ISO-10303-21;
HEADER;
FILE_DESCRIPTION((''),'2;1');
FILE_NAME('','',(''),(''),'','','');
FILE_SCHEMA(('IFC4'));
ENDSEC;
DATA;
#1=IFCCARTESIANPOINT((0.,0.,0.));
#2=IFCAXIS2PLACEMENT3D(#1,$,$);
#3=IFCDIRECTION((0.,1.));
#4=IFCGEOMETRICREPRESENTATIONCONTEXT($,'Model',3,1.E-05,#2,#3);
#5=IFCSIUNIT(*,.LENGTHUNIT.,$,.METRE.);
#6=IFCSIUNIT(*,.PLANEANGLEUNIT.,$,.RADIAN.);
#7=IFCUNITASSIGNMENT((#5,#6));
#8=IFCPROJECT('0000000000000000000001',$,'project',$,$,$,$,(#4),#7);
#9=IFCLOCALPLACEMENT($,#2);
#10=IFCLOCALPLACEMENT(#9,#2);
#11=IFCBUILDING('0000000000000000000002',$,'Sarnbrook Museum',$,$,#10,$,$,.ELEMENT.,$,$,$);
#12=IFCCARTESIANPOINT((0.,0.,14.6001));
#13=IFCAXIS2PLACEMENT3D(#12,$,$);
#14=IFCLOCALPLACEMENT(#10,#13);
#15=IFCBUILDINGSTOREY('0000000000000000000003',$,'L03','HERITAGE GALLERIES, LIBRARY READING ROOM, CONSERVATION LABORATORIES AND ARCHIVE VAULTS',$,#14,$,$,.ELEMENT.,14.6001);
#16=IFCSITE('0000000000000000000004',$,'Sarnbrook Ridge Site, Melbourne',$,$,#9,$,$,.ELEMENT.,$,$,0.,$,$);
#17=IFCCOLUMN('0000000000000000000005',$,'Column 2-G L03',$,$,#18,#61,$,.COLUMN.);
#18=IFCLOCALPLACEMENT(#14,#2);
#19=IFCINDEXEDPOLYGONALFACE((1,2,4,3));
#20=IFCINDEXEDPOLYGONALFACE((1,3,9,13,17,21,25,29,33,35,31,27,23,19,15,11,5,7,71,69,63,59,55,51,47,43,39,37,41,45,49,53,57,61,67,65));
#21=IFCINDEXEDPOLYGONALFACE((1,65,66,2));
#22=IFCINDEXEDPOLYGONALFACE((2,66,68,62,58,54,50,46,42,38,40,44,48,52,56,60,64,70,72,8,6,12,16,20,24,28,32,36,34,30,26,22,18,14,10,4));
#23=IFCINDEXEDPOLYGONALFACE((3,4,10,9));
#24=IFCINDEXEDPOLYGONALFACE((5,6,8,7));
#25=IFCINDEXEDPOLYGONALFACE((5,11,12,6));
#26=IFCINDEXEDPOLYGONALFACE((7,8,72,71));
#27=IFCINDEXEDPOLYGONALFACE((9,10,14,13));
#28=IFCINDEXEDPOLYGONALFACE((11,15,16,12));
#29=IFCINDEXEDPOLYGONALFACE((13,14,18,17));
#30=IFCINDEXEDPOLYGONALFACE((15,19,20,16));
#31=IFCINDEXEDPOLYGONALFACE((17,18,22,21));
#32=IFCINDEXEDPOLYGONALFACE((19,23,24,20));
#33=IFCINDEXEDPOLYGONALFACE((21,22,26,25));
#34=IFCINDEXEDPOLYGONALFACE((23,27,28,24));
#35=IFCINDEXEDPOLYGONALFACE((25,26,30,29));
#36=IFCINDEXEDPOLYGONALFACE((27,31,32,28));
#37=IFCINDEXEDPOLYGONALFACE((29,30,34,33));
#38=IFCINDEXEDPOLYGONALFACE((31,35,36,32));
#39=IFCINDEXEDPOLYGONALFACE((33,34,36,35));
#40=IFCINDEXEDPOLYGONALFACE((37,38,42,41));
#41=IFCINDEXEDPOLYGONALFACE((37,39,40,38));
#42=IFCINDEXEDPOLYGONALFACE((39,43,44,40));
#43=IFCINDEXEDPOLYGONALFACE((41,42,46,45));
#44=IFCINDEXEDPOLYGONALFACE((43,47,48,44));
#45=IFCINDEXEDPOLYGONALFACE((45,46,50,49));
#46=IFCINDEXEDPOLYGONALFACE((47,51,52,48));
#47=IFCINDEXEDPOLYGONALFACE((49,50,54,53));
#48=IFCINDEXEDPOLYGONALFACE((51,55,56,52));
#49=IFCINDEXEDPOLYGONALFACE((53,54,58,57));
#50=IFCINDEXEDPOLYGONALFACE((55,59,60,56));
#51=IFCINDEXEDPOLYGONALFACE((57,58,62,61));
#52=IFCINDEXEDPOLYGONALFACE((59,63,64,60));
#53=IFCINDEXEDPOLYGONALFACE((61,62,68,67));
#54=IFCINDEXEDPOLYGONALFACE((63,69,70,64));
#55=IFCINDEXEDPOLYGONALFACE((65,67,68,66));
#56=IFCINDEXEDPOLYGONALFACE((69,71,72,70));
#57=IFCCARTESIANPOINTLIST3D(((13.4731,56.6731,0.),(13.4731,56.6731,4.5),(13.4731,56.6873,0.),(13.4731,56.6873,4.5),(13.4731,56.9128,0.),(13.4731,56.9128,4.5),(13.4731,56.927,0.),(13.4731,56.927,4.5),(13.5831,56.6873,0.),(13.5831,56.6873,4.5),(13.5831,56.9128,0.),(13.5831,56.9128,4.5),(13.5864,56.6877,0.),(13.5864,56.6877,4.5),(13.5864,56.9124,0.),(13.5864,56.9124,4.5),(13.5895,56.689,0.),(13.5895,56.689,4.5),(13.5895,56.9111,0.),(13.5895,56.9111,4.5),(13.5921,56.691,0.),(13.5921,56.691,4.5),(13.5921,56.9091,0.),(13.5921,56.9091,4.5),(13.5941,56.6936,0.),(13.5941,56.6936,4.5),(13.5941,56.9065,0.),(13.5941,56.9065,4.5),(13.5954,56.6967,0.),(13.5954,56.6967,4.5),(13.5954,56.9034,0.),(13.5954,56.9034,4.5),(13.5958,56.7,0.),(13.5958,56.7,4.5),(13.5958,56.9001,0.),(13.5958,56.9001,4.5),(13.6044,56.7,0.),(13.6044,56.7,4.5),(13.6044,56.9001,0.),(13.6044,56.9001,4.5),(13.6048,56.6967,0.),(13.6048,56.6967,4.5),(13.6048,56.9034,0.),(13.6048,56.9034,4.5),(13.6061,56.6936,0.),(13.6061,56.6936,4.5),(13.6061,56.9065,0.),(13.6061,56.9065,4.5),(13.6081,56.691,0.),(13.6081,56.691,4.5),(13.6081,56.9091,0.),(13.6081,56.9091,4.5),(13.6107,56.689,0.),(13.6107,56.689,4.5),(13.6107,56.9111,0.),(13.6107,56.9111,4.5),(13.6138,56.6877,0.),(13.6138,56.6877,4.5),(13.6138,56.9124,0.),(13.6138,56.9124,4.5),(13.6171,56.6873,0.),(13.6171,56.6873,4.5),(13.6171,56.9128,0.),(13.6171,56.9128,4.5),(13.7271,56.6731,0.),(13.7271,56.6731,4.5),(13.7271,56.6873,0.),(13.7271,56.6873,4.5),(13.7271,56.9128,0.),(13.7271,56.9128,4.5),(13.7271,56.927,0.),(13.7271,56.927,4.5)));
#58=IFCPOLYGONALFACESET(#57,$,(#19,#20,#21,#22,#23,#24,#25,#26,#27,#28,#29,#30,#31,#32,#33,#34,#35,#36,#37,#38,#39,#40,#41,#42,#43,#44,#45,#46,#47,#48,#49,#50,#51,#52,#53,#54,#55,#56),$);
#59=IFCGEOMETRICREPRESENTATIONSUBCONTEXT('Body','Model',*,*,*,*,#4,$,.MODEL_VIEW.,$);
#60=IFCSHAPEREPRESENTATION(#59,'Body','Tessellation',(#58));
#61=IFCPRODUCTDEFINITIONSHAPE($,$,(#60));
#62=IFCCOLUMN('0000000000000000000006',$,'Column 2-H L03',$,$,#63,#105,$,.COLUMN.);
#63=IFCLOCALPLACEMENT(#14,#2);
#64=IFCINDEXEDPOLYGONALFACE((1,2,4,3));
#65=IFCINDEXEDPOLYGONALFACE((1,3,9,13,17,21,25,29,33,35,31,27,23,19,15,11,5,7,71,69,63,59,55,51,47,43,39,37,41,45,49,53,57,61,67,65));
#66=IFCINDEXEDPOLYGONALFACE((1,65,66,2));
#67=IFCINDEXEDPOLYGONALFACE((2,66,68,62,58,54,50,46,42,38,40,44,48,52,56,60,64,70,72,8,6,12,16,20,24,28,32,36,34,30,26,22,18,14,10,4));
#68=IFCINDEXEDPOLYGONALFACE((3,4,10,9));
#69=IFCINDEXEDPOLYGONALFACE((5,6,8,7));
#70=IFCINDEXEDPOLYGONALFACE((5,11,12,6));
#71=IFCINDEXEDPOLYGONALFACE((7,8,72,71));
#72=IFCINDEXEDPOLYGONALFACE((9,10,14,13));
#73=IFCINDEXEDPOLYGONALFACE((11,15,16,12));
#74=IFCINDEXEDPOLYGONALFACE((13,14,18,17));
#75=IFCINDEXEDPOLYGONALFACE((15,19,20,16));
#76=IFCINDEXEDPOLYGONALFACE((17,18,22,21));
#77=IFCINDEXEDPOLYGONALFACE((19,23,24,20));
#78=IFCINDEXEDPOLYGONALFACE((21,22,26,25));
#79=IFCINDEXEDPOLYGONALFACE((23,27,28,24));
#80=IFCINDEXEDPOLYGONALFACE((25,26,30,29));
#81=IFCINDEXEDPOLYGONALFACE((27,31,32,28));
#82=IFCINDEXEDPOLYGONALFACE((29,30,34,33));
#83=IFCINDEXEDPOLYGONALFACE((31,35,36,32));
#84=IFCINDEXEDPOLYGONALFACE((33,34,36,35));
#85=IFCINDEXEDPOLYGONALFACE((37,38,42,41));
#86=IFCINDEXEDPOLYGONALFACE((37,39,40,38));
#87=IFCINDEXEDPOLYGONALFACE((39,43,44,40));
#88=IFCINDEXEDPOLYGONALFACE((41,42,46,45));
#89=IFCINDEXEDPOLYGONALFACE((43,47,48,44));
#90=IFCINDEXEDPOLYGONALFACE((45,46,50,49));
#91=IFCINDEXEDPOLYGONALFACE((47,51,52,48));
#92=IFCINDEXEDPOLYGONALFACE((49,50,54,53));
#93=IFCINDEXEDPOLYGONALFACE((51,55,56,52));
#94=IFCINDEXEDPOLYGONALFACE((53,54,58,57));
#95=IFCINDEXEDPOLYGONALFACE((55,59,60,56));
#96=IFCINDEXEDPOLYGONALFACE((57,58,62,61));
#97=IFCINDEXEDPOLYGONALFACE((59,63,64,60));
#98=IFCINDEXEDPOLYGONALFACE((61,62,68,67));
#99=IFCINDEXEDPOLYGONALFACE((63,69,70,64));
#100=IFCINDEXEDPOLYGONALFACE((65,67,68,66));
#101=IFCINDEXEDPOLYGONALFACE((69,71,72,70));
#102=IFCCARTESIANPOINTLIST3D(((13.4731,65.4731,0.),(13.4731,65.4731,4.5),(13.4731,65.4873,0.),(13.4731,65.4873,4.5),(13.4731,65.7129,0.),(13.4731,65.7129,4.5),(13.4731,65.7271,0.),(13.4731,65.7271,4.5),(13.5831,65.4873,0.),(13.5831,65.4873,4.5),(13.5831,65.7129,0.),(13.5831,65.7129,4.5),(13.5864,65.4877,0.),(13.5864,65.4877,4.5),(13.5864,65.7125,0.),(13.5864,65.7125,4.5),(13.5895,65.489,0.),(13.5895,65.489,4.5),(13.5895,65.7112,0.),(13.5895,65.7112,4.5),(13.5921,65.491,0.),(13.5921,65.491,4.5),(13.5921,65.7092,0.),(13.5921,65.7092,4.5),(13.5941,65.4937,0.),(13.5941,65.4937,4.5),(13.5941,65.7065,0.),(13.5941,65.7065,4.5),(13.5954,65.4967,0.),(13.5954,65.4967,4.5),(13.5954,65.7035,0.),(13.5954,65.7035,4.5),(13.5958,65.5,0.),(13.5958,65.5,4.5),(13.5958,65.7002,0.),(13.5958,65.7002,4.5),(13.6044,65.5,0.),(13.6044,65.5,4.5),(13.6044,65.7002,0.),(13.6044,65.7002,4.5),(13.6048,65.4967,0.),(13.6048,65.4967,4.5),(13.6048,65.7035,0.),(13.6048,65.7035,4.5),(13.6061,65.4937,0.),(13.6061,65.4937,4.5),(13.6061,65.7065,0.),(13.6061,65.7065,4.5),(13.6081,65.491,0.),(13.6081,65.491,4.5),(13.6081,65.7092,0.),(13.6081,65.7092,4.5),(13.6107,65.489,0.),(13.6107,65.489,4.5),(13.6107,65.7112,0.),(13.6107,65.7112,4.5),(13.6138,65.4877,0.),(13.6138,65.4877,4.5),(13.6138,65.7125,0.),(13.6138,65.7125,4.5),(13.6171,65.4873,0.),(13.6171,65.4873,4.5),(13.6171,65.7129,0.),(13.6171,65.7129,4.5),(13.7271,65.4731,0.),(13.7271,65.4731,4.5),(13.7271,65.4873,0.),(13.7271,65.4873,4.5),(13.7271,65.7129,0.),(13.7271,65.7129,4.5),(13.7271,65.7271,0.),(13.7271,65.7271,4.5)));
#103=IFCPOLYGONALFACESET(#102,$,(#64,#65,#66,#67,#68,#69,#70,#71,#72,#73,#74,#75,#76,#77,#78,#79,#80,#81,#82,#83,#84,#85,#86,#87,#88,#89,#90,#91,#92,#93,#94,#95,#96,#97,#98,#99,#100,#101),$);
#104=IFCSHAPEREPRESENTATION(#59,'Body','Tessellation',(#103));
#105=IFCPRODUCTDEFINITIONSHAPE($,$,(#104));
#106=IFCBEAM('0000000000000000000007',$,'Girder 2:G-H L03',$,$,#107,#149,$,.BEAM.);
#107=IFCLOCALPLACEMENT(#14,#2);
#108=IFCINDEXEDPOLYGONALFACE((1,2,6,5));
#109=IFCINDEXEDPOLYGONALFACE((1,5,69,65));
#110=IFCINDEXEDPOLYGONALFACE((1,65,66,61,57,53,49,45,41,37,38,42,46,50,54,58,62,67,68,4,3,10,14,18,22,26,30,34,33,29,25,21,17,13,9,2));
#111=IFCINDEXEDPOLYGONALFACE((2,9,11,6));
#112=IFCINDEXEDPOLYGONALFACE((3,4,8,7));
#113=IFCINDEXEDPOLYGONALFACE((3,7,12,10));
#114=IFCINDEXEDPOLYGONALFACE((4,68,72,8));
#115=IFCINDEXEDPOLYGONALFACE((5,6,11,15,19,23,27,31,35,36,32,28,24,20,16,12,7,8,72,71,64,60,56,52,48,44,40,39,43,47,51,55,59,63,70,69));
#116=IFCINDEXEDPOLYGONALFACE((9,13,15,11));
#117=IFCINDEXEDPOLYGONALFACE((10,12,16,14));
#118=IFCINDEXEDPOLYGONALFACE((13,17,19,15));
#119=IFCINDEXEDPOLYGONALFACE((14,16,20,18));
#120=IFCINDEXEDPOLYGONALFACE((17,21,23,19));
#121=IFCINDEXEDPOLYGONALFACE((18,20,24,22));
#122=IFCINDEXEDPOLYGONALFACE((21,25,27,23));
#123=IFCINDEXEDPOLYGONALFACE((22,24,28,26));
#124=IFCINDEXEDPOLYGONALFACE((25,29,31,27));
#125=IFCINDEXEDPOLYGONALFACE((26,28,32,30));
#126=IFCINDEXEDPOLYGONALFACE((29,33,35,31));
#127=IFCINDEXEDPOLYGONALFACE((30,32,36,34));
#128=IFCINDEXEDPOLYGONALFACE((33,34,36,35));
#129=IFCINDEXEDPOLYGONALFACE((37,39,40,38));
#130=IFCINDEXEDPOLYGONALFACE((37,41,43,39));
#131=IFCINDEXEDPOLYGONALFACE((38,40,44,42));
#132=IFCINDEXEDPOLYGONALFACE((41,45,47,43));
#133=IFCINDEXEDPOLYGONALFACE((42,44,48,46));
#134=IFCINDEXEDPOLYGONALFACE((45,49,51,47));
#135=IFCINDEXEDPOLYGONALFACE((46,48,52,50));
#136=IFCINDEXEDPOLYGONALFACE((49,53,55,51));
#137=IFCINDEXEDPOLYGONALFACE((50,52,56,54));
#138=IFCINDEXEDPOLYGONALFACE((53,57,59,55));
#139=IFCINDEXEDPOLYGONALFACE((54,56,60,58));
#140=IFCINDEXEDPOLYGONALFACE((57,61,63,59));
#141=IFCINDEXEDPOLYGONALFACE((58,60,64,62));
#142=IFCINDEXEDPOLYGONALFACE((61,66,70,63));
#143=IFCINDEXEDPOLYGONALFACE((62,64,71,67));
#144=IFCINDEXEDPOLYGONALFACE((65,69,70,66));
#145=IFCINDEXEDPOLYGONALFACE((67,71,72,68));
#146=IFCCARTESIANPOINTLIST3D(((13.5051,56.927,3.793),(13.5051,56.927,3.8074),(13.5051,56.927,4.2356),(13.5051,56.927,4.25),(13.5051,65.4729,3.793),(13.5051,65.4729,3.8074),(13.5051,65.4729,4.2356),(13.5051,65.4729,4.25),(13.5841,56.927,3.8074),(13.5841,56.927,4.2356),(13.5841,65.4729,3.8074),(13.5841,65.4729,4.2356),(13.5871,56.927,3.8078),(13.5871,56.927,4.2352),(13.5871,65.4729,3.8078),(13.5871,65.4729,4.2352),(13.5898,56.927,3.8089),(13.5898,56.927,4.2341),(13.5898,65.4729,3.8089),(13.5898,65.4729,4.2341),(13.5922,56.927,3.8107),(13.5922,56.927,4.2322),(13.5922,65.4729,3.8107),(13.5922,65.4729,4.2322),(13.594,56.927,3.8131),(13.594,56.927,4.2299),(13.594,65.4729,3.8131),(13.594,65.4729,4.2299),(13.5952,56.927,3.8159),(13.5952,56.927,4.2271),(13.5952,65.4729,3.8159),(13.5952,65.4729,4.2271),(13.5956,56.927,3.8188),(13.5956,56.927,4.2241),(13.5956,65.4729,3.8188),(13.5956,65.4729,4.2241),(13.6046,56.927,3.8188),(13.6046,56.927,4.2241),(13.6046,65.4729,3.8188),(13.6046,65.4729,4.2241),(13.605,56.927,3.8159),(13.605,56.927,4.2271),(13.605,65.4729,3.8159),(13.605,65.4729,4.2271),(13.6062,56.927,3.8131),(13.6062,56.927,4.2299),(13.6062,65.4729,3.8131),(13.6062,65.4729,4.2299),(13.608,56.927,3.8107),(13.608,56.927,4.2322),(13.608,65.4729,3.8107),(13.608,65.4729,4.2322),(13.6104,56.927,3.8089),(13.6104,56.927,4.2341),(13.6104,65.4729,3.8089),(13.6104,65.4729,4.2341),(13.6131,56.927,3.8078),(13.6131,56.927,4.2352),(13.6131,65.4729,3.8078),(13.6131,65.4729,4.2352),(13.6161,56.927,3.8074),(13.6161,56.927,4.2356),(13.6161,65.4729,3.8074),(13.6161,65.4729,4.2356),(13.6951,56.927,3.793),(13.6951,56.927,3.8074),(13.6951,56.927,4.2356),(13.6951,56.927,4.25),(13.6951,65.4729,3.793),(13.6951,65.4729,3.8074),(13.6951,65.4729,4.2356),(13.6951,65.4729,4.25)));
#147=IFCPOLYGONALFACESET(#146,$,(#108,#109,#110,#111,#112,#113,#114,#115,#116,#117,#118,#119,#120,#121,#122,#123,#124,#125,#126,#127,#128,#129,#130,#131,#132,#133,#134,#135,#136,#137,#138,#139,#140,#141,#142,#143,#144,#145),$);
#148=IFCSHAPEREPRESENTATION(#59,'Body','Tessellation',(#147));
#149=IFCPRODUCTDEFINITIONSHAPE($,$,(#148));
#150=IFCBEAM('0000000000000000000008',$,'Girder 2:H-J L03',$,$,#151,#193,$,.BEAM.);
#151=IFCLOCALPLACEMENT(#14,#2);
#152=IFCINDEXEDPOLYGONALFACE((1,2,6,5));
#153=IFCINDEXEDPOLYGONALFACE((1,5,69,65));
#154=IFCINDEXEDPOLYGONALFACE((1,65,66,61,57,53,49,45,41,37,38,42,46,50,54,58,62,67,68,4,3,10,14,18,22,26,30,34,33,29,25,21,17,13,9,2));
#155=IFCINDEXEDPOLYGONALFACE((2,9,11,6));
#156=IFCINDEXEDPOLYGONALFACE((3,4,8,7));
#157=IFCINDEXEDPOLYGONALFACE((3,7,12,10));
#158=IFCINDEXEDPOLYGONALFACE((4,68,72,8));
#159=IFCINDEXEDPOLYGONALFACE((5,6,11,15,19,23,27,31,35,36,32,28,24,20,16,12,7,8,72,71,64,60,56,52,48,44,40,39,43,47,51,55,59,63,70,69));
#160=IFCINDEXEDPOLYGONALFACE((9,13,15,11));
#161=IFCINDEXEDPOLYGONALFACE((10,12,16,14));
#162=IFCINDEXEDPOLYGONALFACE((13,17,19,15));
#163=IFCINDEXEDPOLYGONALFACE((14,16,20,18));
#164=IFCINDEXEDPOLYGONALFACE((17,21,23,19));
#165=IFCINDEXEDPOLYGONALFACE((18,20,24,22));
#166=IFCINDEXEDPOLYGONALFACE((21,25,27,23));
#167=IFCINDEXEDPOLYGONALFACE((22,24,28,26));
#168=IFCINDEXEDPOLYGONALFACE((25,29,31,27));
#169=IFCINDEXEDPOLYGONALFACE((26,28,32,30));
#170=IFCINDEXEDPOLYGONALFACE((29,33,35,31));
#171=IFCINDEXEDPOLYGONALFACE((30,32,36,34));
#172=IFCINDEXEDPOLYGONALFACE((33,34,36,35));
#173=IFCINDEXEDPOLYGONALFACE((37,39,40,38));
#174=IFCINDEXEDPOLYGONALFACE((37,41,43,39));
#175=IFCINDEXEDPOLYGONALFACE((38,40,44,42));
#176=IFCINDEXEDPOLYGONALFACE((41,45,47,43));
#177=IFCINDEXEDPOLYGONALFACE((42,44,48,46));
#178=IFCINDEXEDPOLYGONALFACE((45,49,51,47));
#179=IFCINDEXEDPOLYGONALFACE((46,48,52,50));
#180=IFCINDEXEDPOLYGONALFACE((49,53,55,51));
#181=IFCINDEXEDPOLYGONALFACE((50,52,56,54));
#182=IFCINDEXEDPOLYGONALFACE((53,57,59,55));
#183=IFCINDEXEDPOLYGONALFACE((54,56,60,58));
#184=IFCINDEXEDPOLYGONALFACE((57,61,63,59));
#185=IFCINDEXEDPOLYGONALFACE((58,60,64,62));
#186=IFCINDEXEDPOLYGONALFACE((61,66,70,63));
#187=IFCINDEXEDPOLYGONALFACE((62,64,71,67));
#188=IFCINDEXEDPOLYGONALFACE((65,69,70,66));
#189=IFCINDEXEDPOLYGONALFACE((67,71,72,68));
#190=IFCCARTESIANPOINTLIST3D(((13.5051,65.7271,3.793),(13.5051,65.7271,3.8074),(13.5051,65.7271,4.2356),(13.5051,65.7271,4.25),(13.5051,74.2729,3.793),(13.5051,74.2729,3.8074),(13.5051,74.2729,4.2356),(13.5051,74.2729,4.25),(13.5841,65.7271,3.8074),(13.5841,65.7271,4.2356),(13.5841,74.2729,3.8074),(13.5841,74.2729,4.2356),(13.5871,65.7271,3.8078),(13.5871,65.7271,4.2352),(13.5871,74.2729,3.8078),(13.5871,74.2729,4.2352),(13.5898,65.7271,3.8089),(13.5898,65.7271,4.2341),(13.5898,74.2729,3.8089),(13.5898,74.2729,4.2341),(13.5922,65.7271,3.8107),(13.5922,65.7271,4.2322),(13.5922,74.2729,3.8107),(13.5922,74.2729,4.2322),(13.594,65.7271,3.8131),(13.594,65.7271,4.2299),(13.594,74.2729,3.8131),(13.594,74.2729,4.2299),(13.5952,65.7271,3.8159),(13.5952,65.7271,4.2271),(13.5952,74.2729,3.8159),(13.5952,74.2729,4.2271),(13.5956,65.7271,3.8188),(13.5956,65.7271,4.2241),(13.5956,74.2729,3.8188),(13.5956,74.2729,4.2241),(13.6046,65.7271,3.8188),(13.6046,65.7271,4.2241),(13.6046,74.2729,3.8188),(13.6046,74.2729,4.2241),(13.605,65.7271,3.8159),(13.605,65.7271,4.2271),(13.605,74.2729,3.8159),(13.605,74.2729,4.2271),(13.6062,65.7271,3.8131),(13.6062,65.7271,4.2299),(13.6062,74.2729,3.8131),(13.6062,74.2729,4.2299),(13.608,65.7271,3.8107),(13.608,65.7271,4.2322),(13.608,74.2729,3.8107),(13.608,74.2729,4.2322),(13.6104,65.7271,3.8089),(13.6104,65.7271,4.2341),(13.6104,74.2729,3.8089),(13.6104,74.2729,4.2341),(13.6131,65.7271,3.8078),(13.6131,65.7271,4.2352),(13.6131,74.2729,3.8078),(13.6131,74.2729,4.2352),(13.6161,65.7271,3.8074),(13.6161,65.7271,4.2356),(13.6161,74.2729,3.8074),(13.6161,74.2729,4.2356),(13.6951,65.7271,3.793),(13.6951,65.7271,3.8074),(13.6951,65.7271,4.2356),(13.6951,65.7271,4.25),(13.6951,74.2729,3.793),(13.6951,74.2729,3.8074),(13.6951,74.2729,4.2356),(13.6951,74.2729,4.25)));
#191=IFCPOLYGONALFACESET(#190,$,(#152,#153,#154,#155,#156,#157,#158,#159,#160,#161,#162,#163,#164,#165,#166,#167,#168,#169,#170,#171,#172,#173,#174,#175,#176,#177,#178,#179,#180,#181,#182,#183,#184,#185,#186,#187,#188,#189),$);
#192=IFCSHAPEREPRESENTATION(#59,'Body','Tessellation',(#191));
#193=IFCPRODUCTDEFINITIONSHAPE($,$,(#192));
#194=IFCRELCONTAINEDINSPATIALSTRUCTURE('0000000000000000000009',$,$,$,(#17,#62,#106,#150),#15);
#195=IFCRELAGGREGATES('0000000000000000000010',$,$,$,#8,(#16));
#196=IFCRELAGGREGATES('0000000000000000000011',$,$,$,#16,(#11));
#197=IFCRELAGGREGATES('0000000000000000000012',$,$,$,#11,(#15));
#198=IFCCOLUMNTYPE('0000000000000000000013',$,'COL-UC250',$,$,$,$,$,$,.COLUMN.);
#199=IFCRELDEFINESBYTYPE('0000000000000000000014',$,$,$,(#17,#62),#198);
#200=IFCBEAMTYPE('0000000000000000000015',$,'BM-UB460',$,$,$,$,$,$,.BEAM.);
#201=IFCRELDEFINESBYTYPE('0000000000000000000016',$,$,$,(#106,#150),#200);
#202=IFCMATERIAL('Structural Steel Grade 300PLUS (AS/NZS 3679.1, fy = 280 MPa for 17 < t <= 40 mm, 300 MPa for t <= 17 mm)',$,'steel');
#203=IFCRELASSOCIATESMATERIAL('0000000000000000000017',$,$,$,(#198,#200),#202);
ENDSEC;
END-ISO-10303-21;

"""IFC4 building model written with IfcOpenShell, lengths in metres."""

from ifc_helpers import new_model, si_unit, direction, frame, origin, origin_2d, place, context, subcontext, project, spatial, i_section, extrude, material, material_profile, profile_set, type_object, element, save


model = new_model("IFC4")

# Units and contexts
model_context = context("Model", 3, precision=1e-05, world=origin(), true_north=direction((0.0, 1.0)))
body_context = subcontext(model_context, "Body", "Model", "MODEL_VIEW")
ifc_project = project(units=[si_unit("LENGTHUNIT", "METRE"), si_unit("PLANEANGLEUNIT", "RADIAN")], contexts=[model_context])

# Site, building, storey
site_placement = place(None, origin())
site = spatial("IfcSite", under=ifc_project, at=site_placement, Name="Sarnbrook Ridge Site, Melbourne", CompositionType="ELEMENT", RefElevation=0.0)
building_placement = place(site_placement, origin())
building = spatial("IfcBuilding", under=site, at=building_placement, Name="Sarnbrook Museum", CompositionType="ELEMENT")
storey_placement = place(building_placement, frame((0.0, 0.0, 14.6001)))
storey = spatial("IfcBuildingStorey", under=building, at=storey_placement, Name="L03", Description="HERITAGE GALLERIES, LIBRARY READING ROOM, CONSERVATION LABORATORIES AND ARCHIVE VAULTS", CompositionType="ELEMENT", Elevation=14.6001)

# Columns
ifc_material_1 = material(Name="Structural Steel Grade 300PLUS (AS/NZS 3679.1, fy = 280 MPa for 17 < t <= 40 mm, 300 MPa for t <= 17 mm)", Category="steel")
ifc_material_profile_1 = material_profile(ifc_material_1, i_section(OverallWidth=0.2539, OverallDepth=0.2539, WebThickness=0.0085, FlangeThickness=0.0142, FilletRadius=0.0127, at=origin_2d()), Name="250UC72.9")
ifc_profile_set_1 = profile_set([ifc_material_profile_1], Name="Structural Steel Grade 300PLUS (AS/NZS 3679.1, fy = 280 MPa for 17 < t <= 40 mm, 300 MPa for t <= 17 mm)")
column_type = type_object("IfcColumnType", Name="COL-UC250", PredefinedType="COLUMN", material=ifc_profile_set_1)
for number, where, z_axis, x_axis, name in (
    (1, (13.6001, 56.8, 0.0), (0.0, 0.0, 1.0), (1.0, 0.0, 0.0), "Column 2-G L03"),
    (2, (13.6001, 65.6001, 0.0), (0.0, 0.0, 1.0), (1.0, 0.0, 0.0), "Column 2-H L03"),
):
    element("IfcColumn", number, at=place(storey_placement, frame(where, z_axis=z_axis, x_axis=x_axis)), inside=storey, type_object=column_type, Name=name, PredefinedType="COLUMN", context=body_context, shape_type="SweptSolid", body=[
        extrude(i_section(OverallWidth=0.2539, OverallDepth=0.2539, WebThickness=0.0085, FlangeThickness=0.0142, FilletRadius=0.0127, at=origin_2d()), origin(), (0.0, 0.0, 1.0), 4.5),
    ])

# Beams
ifc_material_profile_2 = material_profile(ifc_material_1, i_section(OverallWidth=0.1899, OverallDepth=0.457, WebThickness=0.009, FlangeThickness=0.0144, FilletRadius=0.0115, at=origin_2d()), Name="460UB74.6")
ifc_profile_set_2 = profile_set([ifc_material_profile_2], Name="Structural Steel Grade 300PLUS (AS/NZS 3679.1, fy = 280 MPa for 17 < t <= 40 mm, 300 MPa for t <= 17 mm)")
beam_type_1 = type_object("IfcBeamType", Name="BM-UB460", PredefinedType="BEAM", material=ifc_profile_set_2)
for number, where, z_axis, x_axis, name in (
    (3, (13.6001, 56.927, 4.0215), (0.0, 1.0, 0.0), (-1.0, 0.0, 0.0), "Girder 2:G-H L03"),
    (4, (13.6001, 65.7271, 4.0215), (0.0, 1.0, 0.0), (-1.0, 0.0, 0.0), "Girder 2:H-J L03"),
):
    element("IfcBeam", number, at=place(storey_placement, frame(where, z_axis=z_axis, x_axis=x_axis)), inside=storey, type_object=beam_type_1, Name=name, PredefinedType="BEAM", context=body_context, shape_type="SweptSolid", body=[
        extrude(i_section(OverallWidth=0.1899, OverallDepth=0.457, WebThickness=0.009, FlangeThickness=0.0144, FilletRadius=0.0115, at=origin_2d()), origin(), (0.0, 0.0, 1.0), 8.5459),
    ])

save(model, "model.ifc")
